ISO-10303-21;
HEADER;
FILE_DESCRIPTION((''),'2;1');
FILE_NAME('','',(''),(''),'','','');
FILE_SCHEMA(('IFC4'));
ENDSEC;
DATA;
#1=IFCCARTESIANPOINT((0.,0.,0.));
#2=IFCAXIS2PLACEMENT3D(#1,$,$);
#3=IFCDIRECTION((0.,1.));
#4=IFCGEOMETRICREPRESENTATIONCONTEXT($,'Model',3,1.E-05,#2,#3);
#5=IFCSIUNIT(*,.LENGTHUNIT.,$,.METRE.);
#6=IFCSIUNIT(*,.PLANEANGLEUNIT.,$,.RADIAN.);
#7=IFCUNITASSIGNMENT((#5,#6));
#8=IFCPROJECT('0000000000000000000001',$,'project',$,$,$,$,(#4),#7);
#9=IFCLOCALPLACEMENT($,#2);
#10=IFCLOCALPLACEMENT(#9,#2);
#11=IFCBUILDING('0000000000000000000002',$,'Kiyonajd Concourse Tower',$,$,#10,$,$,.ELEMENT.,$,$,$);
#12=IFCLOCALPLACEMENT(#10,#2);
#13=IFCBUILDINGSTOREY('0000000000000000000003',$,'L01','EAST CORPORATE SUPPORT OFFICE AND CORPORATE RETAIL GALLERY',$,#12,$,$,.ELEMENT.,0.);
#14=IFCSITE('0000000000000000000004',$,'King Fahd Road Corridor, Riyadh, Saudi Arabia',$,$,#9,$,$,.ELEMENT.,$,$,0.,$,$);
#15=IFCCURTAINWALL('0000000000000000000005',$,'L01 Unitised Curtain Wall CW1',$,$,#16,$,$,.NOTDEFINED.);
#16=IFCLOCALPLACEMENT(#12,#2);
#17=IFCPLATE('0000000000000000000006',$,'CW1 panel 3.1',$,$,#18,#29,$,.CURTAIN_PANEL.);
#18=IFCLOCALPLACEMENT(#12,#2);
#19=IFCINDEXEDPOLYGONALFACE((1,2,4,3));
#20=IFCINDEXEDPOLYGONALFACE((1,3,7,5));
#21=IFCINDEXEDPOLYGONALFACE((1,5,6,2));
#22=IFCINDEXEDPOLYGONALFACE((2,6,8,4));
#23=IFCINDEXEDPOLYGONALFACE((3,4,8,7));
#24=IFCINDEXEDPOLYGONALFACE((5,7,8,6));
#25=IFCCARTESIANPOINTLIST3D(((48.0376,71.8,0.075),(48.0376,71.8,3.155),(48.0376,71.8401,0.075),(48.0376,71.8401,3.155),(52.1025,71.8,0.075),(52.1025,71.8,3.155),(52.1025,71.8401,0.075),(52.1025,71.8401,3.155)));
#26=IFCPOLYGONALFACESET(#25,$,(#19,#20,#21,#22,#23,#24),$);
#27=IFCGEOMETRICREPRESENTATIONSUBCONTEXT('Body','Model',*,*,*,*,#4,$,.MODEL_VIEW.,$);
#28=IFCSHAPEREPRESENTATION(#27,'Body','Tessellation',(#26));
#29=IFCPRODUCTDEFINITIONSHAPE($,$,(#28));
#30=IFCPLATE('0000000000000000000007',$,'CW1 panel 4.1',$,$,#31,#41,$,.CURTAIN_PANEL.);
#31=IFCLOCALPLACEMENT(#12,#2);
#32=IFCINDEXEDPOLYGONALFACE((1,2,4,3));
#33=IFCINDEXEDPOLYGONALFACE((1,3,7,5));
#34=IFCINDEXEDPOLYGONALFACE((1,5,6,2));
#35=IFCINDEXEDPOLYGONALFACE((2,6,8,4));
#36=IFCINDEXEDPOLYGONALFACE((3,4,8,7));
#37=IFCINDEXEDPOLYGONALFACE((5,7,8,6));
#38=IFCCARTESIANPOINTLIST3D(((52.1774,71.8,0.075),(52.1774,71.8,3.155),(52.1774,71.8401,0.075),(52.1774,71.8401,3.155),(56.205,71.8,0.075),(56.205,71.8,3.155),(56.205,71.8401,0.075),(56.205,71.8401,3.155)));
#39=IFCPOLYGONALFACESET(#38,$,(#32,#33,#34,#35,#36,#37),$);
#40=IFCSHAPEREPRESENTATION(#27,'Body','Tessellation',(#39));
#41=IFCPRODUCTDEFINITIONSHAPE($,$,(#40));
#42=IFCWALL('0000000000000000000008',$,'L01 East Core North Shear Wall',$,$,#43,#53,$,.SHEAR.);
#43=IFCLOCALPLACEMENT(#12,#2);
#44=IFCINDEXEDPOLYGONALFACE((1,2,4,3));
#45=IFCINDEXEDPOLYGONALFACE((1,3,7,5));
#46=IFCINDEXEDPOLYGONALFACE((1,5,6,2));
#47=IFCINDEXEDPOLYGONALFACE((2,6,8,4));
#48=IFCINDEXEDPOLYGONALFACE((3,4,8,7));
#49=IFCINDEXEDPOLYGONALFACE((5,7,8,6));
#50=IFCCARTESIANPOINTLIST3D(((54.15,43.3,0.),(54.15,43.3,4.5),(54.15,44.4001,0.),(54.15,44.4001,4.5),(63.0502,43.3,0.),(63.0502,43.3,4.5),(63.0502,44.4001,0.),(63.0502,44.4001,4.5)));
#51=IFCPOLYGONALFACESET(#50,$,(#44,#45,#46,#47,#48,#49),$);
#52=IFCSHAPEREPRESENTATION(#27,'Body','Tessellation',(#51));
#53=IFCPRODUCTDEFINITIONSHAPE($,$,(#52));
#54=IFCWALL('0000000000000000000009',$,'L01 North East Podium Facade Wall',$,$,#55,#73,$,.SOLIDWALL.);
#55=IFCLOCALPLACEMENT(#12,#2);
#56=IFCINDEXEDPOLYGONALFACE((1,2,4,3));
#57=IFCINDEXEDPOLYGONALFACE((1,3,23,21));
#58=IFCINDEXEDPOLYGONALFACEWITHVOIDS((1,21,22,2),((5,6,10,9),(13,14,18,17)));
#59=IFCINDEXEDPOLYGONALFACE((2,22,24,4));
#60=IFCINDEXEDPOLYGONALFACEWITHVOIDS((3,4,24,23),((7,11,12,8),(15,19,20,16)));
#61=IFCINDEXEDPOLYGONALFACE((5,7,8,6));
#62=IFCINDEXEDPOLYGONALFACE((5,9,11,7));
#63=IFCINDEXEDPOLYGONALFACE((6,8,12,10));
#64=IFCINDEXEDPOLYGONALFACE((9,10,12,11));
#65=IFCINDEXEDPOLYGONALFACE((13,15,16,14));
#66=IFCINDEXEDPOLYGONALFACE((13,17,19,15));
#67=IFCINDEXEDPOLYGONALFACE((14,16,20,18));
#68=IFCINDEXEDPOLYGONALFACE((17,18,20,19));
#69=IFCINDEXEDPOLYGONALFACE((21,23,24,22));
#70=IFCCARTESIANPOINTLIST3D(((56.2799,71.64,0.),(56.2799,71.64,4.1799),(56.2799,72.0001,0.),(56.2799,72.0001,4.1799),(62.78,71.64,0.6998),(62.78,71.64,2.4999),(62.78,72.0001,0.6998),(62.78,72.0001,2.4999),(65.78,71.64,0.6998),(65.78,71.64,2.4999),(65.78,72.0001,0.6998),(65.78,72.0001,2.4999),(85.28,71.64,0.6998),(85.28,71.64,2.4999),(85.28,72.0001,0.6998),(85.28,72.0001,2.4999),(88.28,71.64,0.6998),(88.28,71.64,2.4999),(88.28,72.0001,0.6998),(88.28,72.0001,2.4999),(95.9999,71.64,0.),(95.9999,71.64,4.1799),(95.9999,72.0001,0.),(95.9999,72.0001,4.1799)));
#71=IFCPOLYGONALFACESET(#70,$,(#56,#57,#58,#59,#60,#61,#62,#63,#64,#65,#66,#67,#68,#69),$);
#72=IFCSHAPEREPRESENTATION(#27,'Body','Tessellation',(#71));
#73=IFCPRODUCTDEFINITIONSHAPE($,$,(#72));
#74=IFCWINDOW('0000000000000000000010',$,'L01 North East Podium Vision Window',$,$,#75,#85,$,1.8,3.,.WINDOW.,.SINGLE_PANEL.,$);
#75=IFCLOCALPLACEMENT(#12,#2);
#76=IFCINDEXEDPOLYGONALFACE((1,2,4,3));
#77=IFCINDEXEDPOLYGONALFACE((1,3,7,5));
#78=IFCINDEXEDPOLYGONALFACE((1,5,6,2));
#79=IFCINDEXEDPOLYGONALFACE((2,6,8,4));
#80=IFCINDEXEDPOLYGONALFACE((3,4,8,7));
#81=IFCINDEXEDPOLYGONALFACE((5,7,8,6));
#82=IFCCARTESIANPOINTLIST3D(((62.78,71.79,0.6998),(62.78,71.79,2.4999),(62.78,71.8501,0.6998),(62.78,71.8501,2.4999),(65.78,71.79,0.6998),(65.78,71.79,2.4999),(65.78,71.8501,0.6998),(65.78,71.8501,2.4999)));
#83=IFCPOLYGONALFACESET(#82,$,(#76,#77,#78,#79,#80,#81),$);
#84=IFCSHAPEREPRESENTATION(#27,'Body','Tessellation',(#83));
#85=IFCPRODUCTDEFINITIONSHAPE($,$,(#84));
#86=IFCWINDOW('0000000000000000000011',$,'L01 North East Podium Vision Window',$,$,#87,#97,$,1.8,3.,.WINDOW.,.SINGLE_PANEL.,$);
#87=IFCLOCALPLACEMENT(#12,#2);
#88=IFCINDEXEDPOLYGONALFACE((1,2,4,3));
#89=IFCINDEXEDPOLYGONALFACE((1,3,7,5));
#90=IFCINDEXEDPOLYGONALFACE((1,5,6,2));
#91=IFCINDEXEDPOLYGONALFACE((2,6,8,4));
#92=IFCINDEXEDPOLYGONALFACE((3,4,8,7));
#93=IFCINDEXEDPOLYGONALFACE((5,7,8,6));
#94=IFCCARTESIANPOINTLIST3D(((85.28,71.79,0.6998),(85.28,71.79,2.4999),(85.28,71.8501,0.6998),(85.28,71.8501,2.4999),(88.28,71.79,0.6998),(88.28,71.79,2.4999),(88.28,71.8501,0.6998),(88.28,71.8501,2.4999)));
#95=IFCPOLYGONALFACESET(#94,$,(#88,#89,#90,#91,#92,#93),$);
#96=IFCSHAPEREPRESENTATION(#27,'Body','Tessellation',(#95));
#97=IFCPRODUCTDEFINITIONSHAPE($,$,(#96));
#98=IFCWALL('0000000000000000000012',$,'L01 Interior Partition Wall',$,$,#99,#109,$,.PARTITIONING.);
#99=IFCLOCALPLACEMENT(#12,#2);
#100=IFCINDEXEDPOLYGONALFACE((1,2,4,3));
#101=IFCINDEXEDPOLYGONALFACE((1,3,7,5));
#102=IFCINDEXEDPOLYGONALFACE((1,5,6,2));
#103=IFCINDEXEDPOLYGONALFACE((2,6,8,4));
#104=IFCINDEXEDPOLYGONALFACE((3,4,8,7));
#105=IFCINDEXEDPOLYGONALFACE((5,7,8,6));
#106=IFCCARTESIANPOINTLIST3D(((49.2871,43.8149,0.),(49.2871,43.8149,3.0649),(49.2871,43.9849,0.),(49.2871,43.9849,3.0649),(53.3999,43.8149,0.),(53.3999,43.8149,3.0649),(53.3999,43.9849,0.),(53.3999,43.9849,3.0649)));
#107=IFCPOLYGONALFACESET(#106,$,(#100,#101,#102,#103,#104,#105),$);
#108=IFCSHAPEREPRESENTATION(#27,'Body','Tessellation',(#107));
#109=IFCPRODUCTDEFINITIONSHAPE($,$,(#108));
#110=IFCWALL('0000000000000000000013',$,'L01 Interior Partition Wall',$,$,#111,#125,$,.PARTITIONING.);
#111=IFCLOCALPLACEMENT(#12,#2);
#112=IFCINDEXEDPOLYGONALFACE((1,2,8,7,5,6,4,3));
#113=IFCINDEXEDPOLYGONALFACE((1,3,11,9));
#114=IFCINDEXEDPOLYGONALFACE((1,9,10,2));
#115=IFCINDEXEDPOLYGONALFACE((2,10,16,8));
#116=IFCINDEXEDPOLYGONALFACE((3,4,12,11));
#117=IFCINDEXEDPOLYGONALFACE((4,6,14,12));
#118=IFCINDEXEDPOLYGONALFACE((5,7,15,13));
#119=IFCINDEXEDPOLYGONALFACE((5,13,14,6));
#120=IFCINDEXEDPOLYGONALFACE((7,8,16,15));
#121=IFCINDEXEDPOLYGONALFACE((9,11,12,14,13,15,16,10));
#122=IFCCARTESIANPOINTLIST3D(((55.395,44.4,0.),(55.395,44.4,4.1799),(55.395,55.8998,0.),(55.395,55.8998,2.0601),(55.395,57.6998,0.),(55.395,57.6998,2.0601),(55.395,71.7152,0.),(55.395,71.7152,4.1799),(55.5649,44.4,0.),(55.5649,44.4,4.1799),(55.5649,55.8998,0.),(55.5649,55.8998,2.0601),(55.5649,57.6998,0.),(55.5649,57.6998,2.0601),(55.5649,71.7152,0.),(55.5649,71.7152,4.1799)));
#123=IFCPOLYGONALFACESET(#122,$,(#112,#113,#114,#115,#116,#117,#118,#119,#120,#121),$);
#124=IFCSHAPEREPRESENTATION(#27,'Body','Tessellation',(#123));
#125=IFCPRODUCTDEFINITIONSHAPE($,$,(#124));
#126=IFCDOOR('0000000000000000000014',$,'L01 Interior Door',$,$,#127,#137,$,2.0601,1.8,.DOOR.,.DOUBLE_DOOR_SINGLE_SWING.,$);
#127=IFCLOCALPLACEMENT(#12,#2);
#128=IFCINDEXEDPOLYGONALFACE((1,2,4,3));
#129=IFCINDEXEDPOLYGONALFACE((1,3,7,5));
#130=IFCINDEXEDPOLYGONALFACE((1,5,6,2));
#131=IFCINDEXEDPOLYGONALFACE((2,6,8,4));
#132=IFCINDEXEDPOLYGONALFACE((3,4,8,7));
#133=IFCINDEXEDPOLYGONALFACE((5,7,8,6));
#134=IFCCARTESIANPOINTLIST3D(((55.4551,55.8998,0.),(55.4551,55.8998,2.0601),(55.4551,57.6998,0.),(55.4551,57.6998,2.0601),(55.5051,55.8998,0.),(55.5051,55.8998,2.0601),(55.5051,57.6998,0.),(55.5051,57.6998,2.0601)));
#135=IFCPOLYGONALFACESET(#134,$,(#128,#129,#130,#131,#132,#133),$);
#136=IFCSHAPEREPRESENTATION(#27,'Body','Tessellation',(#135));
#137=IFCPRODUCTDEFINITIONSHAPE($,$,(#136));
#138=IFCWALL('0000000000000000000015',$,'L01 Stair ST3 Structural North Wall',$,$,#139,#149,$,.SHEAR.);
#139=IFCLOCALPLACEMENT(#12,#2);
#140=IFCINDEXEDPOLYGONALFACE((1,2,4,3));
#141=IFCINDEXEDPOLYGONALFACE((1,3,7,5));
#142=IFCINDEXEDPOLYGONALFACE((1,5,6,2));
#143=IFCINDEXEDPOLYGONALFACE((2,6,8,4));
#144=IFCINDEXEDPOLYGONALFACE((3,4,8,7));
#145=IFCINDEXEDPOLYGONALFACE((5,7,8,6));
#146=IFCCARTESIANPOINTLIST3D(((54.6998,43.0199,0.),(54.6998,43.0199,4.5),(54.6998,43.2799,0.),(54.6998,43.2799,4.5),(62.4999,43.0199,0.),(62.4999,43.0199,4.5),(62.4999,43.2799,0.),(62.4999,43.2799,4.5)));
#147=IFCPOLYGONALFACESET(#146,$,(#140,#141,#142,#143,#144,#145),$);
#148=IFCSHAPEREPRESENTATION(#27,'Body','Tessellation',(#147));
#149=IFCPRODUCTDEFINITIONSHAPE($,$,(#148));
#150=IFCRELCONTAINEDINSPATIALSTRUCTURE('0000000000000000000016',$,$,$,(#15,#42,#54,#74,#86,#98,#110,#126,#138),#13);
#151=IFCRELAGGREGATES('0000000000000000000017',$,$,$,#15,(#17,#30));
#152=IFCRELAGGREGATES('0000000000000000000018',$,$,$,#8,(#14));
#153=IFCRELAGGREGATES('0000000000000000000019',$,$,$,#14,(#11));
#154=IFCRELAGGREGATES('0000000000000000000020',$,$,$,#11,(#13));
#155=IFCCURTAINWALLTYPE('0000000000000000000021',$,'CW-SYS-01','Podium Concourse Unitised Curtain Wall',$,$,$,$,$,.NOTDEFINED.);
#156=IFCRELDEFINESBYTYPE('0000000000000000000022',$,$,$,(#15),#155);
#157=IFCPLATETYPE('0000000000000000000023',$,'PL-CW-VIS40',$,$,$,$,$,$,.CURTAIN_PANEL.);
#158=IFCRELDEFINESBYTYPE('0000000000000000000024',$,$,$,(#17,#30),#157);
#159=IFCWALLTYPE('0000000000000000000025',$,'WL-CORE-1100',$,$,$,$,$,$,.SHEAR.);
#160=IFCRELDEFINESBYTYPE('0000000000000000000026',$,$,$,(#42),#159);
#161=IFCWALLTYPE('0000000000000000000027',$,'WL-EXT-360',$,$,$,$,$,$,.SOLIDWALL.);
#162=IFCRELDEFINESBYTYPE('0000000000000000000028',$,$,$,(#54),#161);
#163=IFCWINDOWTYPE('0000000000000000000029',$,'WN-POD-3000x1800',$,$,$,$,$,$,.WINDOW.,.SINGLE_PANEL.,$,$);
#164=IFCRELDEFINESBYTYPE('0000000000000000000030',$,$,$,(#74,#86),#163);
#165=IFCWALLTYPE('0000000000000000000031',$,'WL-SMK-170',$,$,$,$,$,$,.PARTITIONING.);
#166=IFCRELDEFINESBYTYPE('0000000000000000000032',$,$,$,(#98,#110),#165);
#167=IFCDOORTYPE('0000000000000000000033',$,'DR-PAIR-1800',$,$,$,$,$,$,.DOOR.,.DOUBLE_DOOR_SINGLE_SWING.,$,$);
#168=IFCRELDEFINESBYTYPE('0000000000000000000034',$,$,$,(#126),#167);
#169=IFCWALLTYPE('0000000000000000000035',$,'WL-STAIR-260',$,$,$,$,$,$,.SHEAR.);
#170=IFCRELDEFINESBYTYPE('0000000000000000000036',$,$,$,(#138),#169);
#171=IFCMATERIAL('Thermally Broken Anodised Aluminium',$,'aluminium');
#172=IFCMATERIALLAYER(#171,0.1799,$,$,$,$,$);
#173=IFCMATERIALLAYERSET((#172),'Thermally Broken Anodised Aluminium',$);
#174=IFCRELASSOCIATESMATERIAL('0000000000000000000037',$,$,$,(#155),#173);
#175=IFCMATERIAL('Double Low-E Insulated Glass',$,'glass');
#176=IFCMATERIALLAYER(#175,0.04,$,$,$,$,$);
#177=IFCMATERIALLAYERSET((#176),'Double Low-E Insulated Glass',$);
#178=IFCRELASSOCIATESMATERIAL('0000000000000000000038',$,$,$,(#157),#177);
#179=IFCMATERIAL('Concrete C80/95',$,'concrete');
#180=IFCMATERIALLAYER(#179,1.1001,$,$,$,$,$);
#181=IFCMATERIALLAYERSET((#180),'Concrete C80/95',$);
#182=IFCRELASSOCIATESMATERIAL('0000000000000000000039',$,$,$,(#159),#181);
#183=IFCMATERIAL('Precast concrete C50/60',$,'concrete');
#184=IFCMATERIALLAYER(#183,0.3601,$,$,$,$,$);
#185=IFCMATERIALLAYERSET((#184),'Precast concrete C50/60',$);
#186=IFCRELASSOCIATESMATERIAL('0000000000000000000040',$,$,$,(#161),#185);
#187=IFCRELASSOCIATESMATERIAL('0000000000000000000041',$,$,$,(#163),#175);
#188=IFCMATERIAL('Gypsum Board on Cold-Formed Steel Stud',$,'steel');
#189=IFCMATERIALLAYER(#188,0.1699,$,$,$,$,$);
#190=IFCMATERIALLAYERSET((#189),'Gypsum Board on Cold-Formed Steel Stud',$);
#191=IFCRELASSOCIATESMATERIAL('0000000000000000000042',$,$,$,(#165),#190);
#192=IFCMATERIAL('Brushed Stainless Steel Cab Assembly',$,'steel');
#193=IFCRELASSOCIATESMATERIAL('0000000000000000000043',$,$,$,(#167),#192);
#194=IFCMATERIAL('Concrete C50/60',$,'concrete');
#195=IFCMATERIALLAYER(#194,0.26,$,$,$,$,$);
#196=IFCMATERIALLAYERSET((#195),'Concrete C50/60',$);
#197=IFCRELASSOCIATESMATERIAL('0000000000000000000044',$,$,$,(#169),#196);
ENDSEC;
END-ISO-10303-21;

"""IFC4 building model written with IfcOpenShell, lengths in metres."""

from ifc_helpers import new_model, si_unit, direction, frame, frame_2d, origin, origin_2d, place, context, subcontext, project, spatial, rectangle, extrude, material, layer, layer_set, type_object, element, fill, aggregate, save


model = new_model("IFC4")

# Units and contexts
model_context = context("Model", 3, precision=1e-05, world=origin(), true_north=direction((0.0, 1.0)))
body_context = subcontext(model_context, "Body", "Model", "MODEL_VIEW")
ifc_project = project(units=[si_unit("LENGTHUNIT", "METRE"), si_unit("PLANEANGLEUNIT", "RADIAN")], contexts=[model_context])

# Site, building, storey
site_placement = place(None, origin())
site = spatial("IfcSite", under=ifc_project, at=site_placement, Name="King Fahd Road Corridor, Riyadh, Saudi Arabia", CompositionType="ELEMENT", RefElevation=0.0)
building_placement = place(site_placement, origin())
building = spatial("IfcBuilding", under=site, at=building_placement, Name="Kiyonajd Concourse Tower", CompositionType="ELEMENT")
storey_placement = place(building_placement, origin())
storey = spatial("IfcBuildingStorey", under=building, at=storey_placement, Name="L01", Description="EAST CORPORATE SUPPORT OFFICE AND CORPORATE RETAIL GALLERY", CompositionType="ELEMENT", Elevation=0.0)

# Shared definitions
ifc_material_1 = material(Name="Concrete C80/95", Category="concrete")

# Curtain wall
ifc_material_2 = material(Name="Thermally Broken Anodised Aluminium", Category="aluminium")
ifc_layer_1 = layer(ifc_material_2, 0.1799)
ifc_layer_set_1 = layer_set([ifc_layer_1], Name="Thermally Broken Anodised Aluminium")
curtain_wall_type = type_object("IfcCurtainWallType", Name="CW-SYS-01", Description="Podium Concourse Unitised Curtain Wall", PredefinedType="NOTDEFINED", material=ifc_layer_set_1)
curtain_wall_placement = place(storey_placement, origin())
curtain_wall = element("IfcCurtainWall", 1, at=curtain_wall_placement, inside=storey, type_object=curtain_wall_type, Name="L01 Unitised Curtain Wall CW1", PredefinedType="NOTDEFINED")

# Plates
ifc_material_3 = material(Name="Double Low-E Insulated Glass", Category="glass")
ifc_layer_2 = layer(ifc_material_3, 0.04)
ifc_layer_set_2 = layer_set([ifc_layer_2], Name="Double Low-E Insulated Glass")
plate_type_1 = type_object("IfcPlateType", Name="PL-CW-VIS40", PredefinedType="CURTAIN_PANEL", material=ifc_layer_set_2)
plate_1_placement = place(storey_placement, frame((50.0701, 71.8201, 0.075), z_axis=(0.0, 0.0, 1.0), x_axis=(1.0, 0.0, 0.0)))
plate_1 = element("IfcPlate", 2, at=plate_1_placement, type_object=plate_type_1, Name="CW1 panel 3.1", PredefinedType="CURTAIN_PANEL", context=body_context, shape_type="SweptSolid", body=[
    extrude(rectangle(XDim=4.0649, YDim=0.04, at=origin_2d()), origin(), (0.0, 0.0, 1.0), 3.0801),
])
plate_2_placement = place(storey_placement, frame((54.1912, 71.8201, 0.075), z_axis=(0.0, 0.0, 1.0), x_axis=(1.0, 0.0, 0.0)))
plate_2 = element("IfcPlate", 3, at=plate_2_placement, type_object=plate_type_1, Name="CW1 panel 4.1", PredefinedType="CURTAIN_PANEL", context=body_context, shape_type="SweptSolid", body=[
    extrude(rectangle(XDim=4.0276, YDim=0.04, at=origin_2d()), origin(), (0.0, 0.0, 1.0), 3.0801),
])
aggregate(curtain_wall, [plate_1, plate_2])

# Wall
ifc_layer_3 = layer(ifc_material_1, 1.1001)
ifc_layer_set_3 = layer_set([ifc_layer_3], Name="Concrete C80/95")
wall_type_1 = type_object("IfcWallType", Name="WL-CORE-1100", PredefinedType="SHEAR", material=ifc_layer_set_3)
wall_1_placement = place(storey_placement, frame((54.1499, 43.8501, 0.0), z_axis=(0.0, 0.0, 1.0), x_axis=(1.0, 0.0, 0.0)))
element("IfcWall", 4, at=wall_1_placement, inside=storey, type_object=wall_type_1, Name="L01 East Core North Shear Wall", PredefinedType="SHEAR", context=body_context, shape_type="SweptSolid", body=[
    extrude(rectangle(XDim=8.9001, YDim=1.1001, at=frame_2d((4.4502, 0.0))), origin(), (0.0, 0.0, 1.0), 4.5),
])

# Wall, openings, windows
ifc_material_4 = material(Name="Precast concrete C50/60", Category="concrete")
ifc_layer_4 = layer(ifc_material_4, 0.3601)
ifc_layer_set_4 = layer_set([ifc_layer_4], Name="Precast concrete C50/60")
wall_type_2 = type_object("IfcWallType", Name="WL-EXT-360", PredefinedType="SOLIDWALL", material=ifc_layer_set_4)
wall_2_placement = place(storey_placement, frame((56.28, 71.8201, 0.0), z_axis=(0.0, 0.0, 1.0), x_axis=(1.0, 0.0, 0.0)))
wall_2 = element("IfcWall", 5, at=wall_2_placement, inside=storey, type_object=wall_type_2, Name="L01 North East Podium Facade Wall", PredefinedType="SOLIDWALL", context=body_context, shape_type="SweptSolid", body=[
    extrude(rectangle(XDim=39.72, YDim=0.3601, at=frame_2d((19.8599, 0.0))), origin(), (0.0, 0.0, 1.0), 4.1799),
])
opening_1_placement = place(wall_2_placement, frame((6.5, 0.0, 0.7)))
opening_1 = element("IfcOpeningElement", 6, at=opening_1_placement, cuts=wall_2, PredefinedType="OPENING", context=body_context, shape_type="SweptSolid", body=[
    extrude(rectangle(XDim=3.0, YDim=1.8, at=frame_2d((1.5, 0.8999))), frame((0.0, 0.1899, 0.0), z_axis=(0.0, -1.0, 0.0), x_axis=(1.0, 0.0, 0.0)), (0.0, 0.0, 1.0), 0.3801),
])
opening_2_placement = place(wall_2_placement, frame((29.0, 0.0, 0.7)))
opening_2 = element("IfcOpeningElement", 7, at=opening_2_placement, cuts=wall_2, PredefinedType="OPENING", context=body_context, shape_type="SweptSolid", body=[
    extrude(rectangle(XDim=3.0, YDim=1.8, at=frame_2d((1.5, 0.8999))), frame((0.0, 0.1899, 0.0), z_axis=(0.0, -1.0, 0.0), x_axis=(1.0, 0.0, 0.0)), (0.0, 0.0, 1.0), 0.3801),
])
window_type = type_object("IfcWindowType", Name="WN-POD-3000x1800", PartitioningType="SINGLE_PANEL", PredefinedType="WINDOW", material=ifc_material_3)
window_1_placement = place(opening_1_placement, origin())
window_1 = element("IfcWindow", 8, at=window_1_placement, inside=storey, type_object=window_type, Name="L01 North East Podium Vision Window", OverallHeight=1.8, OverallWidth=3.0, PartitioningType="SINGLE_PANEL", PredefinedType="WINDOW", context=body_context, shape_type="SweptSolid", body=[
    extrude(rectangle(XDim=3.0, YDim=1.8, at=frame_2d((1.5, 0.8999))), frame((0.0, 0.03, 0.0), z_axis=(0.0, -1.0, 0.0), x_axis=(1.0, 0.0, 0.0)), (0.0, 0.0, 1.0), 0.0601),
])
fill(opening_1, window_1)
window_2_placement = place(opening_2_placement, origin())
window_2 = element("IfcWindow", 9, at=window_2_placement, inside=storey, type_object=window_type, Name="L01 North East Podium Vision Window", OverallHeight=1.8, OverallWidth=3.0, PartitioningType="SINGLE_PANEL", PredefinedType="WINDOW", context=body_context, shape_type="SweptSolid", body=[
    extrude(rectangle(XDim=3.0, YDim=1.8, at=frame_2d((1.5, 0.8999))), frame((0.0, 0.03, 0.0), z_axis=(0.0, -1.0, 0.0), x_axis=(1.0, 0.0, 0.0)), (0.0, 0.0, 1.0), 0.0601),
])
fill(opening_2, window_2)

# Wall
ifc_material_5 = material(Name="Gypsum Board on Cold-Formed Steel Stud", Category="steel")
ifc_layer_5 = layer(ifc_material_5, 0.1699)
ifc_layer_set_5 = layer_set([ifc_layer_5], Name="Gypsum Board on Cold-Formed Steel Stud")
wall_type_3 = type_object("IfcWallType", Name="WL-SMK-170", PredefinedType="PARTITIONING", material=ifc_layer_set_5)
wall_3_placement = place(storey_placement, frame((49.2871, 43.8999, 0.0), z_axis=(0.0, 0.0, 1.0), x_axis=(1.0, 0.0, 0.0)))
element("IfcWall", 10, at=wall_3_placement, inside=storey, type_object=wall_type_3, Name="L01 Interior Partition Wall", PredefinedType="PARTITIONING", context=body_context, shape_type="SweptSolid", body=[
    extrude(rectangle(XDim=4.1128, YDim=0.1699, at=frame_2d((2.0564, 0.0))), origin(), (0.0, 0.0, 1.0), 3.0649),
])

# Wall, opening, door
wall_4_placement = place(storey_placement, frame((55.48, 44.3999, 0.0), z_axis=(0.0, 0.0, 1.0), x_axis=(0.0, 1.0, 0.0)))
wall_4 = element("IfcWall", 11, at=wall_4_placement, inside=storey, type_object=wall_type_3, Name="L01 Interior Partition Wall", PredefinedType="PARTITIONING", context=body_context, shape_type="SweptSolid", body=[
    extrude(rectangle(XDim=27.3152, YDim=0.1699, at=frame_2d((13.6577, 0.0))), origin(), (0.0, 0.0, 1.0), 4.1799),
])
opening_3_placement = place(wall_4_placement, frame((11.5, 0.0, 0.0)))
opening_3 = element("IfcOpeningElement", 12, at=opening_3_placement, cuts=wall_4, PredefinedType="OPENING", context=body_context, shape_type="SweptSolid", body=[
    extrude(rectangle(XDim=1.8, YDim=2.0601, at=frame_2d((0.8999, 1.03))), frame((0.0, 0.095, 0.0), z_axis=(0.0, -1.0, 0.0), x_axis=(1.0, 0.0, 0.0)), (0.0, 0.0, 1.0), 0.1899),
])
ifc_material_6 = material(Name="Brushed Stainless Steel Cab Assembly", Category="steel")
door_type = type_object("IfcDoorType", Name="DR-PAIR-1800", OperationType="DOUBLE_DOOR_SINGLE_SWING", PredefinedType="DOOR", material=ifc_material_6)
door_placement = place(opening_3_placement, origin())
door = element("IfcDoor", 13, at=door_placement, inside=storey, type_object=door_type, Name="L01 Interior Door", OperationType="DOUBLE_DOOR_SINGLE_SWING", OverallHeight=2.0601, OverallWidth=1.8, PredefinedType="DOOR", context=body_context, shape_type="SweptSolid", body=[
    extrude(rectangle(XDim=1.8, YDim=2.0601, at=frame_2d((0.8999, 1.03))), frame((0.0, 0.0249, 0.0), z_axis=(0.0, -1.0, 0.0), x_axis=(1.0, 0.0, 0.0)), (0.0, 0.0, 1.0), 0.05),
])
fill(opening_3, door)

# Wall
ifc_material_7 = material(Name="Concrete C50/60", Category="concrete")
ifc_layer_6 = layer(ifc_material_7, 0.26)
ifc_layer_set_6 = layer_set([ifc_layer_6], Name="Concrete C50/60")
wall_type_4 = type_object("IfcWallType", Name="WL-STAIR-260", PredefinedType="SHEAR", material=ifc_layer_set_6)
wall_5_placement = place(storey_placement, frame((54.7, 43.1499, 0.0), z_axis=(0.0, 0.0, 1.0), x_axis=(1.0, 0.0, 0.0)))
element("IfcWall", 14, at=wall_5_placement, inside=storey, type_object=wall_type_4, Name="L01 Stair ST3 Structural North Wall", PredefinedType="SHEAR", context=body_context, shape_type="SweptSolid", body=[
    extrude(rectangle(XDim=7.8, YDim=0.26, at=frame_2d((3.8999, 0.0))), origin(), (0.0, 0.0, 1.0), 4.5),
])

save(model, "model.ifc")
